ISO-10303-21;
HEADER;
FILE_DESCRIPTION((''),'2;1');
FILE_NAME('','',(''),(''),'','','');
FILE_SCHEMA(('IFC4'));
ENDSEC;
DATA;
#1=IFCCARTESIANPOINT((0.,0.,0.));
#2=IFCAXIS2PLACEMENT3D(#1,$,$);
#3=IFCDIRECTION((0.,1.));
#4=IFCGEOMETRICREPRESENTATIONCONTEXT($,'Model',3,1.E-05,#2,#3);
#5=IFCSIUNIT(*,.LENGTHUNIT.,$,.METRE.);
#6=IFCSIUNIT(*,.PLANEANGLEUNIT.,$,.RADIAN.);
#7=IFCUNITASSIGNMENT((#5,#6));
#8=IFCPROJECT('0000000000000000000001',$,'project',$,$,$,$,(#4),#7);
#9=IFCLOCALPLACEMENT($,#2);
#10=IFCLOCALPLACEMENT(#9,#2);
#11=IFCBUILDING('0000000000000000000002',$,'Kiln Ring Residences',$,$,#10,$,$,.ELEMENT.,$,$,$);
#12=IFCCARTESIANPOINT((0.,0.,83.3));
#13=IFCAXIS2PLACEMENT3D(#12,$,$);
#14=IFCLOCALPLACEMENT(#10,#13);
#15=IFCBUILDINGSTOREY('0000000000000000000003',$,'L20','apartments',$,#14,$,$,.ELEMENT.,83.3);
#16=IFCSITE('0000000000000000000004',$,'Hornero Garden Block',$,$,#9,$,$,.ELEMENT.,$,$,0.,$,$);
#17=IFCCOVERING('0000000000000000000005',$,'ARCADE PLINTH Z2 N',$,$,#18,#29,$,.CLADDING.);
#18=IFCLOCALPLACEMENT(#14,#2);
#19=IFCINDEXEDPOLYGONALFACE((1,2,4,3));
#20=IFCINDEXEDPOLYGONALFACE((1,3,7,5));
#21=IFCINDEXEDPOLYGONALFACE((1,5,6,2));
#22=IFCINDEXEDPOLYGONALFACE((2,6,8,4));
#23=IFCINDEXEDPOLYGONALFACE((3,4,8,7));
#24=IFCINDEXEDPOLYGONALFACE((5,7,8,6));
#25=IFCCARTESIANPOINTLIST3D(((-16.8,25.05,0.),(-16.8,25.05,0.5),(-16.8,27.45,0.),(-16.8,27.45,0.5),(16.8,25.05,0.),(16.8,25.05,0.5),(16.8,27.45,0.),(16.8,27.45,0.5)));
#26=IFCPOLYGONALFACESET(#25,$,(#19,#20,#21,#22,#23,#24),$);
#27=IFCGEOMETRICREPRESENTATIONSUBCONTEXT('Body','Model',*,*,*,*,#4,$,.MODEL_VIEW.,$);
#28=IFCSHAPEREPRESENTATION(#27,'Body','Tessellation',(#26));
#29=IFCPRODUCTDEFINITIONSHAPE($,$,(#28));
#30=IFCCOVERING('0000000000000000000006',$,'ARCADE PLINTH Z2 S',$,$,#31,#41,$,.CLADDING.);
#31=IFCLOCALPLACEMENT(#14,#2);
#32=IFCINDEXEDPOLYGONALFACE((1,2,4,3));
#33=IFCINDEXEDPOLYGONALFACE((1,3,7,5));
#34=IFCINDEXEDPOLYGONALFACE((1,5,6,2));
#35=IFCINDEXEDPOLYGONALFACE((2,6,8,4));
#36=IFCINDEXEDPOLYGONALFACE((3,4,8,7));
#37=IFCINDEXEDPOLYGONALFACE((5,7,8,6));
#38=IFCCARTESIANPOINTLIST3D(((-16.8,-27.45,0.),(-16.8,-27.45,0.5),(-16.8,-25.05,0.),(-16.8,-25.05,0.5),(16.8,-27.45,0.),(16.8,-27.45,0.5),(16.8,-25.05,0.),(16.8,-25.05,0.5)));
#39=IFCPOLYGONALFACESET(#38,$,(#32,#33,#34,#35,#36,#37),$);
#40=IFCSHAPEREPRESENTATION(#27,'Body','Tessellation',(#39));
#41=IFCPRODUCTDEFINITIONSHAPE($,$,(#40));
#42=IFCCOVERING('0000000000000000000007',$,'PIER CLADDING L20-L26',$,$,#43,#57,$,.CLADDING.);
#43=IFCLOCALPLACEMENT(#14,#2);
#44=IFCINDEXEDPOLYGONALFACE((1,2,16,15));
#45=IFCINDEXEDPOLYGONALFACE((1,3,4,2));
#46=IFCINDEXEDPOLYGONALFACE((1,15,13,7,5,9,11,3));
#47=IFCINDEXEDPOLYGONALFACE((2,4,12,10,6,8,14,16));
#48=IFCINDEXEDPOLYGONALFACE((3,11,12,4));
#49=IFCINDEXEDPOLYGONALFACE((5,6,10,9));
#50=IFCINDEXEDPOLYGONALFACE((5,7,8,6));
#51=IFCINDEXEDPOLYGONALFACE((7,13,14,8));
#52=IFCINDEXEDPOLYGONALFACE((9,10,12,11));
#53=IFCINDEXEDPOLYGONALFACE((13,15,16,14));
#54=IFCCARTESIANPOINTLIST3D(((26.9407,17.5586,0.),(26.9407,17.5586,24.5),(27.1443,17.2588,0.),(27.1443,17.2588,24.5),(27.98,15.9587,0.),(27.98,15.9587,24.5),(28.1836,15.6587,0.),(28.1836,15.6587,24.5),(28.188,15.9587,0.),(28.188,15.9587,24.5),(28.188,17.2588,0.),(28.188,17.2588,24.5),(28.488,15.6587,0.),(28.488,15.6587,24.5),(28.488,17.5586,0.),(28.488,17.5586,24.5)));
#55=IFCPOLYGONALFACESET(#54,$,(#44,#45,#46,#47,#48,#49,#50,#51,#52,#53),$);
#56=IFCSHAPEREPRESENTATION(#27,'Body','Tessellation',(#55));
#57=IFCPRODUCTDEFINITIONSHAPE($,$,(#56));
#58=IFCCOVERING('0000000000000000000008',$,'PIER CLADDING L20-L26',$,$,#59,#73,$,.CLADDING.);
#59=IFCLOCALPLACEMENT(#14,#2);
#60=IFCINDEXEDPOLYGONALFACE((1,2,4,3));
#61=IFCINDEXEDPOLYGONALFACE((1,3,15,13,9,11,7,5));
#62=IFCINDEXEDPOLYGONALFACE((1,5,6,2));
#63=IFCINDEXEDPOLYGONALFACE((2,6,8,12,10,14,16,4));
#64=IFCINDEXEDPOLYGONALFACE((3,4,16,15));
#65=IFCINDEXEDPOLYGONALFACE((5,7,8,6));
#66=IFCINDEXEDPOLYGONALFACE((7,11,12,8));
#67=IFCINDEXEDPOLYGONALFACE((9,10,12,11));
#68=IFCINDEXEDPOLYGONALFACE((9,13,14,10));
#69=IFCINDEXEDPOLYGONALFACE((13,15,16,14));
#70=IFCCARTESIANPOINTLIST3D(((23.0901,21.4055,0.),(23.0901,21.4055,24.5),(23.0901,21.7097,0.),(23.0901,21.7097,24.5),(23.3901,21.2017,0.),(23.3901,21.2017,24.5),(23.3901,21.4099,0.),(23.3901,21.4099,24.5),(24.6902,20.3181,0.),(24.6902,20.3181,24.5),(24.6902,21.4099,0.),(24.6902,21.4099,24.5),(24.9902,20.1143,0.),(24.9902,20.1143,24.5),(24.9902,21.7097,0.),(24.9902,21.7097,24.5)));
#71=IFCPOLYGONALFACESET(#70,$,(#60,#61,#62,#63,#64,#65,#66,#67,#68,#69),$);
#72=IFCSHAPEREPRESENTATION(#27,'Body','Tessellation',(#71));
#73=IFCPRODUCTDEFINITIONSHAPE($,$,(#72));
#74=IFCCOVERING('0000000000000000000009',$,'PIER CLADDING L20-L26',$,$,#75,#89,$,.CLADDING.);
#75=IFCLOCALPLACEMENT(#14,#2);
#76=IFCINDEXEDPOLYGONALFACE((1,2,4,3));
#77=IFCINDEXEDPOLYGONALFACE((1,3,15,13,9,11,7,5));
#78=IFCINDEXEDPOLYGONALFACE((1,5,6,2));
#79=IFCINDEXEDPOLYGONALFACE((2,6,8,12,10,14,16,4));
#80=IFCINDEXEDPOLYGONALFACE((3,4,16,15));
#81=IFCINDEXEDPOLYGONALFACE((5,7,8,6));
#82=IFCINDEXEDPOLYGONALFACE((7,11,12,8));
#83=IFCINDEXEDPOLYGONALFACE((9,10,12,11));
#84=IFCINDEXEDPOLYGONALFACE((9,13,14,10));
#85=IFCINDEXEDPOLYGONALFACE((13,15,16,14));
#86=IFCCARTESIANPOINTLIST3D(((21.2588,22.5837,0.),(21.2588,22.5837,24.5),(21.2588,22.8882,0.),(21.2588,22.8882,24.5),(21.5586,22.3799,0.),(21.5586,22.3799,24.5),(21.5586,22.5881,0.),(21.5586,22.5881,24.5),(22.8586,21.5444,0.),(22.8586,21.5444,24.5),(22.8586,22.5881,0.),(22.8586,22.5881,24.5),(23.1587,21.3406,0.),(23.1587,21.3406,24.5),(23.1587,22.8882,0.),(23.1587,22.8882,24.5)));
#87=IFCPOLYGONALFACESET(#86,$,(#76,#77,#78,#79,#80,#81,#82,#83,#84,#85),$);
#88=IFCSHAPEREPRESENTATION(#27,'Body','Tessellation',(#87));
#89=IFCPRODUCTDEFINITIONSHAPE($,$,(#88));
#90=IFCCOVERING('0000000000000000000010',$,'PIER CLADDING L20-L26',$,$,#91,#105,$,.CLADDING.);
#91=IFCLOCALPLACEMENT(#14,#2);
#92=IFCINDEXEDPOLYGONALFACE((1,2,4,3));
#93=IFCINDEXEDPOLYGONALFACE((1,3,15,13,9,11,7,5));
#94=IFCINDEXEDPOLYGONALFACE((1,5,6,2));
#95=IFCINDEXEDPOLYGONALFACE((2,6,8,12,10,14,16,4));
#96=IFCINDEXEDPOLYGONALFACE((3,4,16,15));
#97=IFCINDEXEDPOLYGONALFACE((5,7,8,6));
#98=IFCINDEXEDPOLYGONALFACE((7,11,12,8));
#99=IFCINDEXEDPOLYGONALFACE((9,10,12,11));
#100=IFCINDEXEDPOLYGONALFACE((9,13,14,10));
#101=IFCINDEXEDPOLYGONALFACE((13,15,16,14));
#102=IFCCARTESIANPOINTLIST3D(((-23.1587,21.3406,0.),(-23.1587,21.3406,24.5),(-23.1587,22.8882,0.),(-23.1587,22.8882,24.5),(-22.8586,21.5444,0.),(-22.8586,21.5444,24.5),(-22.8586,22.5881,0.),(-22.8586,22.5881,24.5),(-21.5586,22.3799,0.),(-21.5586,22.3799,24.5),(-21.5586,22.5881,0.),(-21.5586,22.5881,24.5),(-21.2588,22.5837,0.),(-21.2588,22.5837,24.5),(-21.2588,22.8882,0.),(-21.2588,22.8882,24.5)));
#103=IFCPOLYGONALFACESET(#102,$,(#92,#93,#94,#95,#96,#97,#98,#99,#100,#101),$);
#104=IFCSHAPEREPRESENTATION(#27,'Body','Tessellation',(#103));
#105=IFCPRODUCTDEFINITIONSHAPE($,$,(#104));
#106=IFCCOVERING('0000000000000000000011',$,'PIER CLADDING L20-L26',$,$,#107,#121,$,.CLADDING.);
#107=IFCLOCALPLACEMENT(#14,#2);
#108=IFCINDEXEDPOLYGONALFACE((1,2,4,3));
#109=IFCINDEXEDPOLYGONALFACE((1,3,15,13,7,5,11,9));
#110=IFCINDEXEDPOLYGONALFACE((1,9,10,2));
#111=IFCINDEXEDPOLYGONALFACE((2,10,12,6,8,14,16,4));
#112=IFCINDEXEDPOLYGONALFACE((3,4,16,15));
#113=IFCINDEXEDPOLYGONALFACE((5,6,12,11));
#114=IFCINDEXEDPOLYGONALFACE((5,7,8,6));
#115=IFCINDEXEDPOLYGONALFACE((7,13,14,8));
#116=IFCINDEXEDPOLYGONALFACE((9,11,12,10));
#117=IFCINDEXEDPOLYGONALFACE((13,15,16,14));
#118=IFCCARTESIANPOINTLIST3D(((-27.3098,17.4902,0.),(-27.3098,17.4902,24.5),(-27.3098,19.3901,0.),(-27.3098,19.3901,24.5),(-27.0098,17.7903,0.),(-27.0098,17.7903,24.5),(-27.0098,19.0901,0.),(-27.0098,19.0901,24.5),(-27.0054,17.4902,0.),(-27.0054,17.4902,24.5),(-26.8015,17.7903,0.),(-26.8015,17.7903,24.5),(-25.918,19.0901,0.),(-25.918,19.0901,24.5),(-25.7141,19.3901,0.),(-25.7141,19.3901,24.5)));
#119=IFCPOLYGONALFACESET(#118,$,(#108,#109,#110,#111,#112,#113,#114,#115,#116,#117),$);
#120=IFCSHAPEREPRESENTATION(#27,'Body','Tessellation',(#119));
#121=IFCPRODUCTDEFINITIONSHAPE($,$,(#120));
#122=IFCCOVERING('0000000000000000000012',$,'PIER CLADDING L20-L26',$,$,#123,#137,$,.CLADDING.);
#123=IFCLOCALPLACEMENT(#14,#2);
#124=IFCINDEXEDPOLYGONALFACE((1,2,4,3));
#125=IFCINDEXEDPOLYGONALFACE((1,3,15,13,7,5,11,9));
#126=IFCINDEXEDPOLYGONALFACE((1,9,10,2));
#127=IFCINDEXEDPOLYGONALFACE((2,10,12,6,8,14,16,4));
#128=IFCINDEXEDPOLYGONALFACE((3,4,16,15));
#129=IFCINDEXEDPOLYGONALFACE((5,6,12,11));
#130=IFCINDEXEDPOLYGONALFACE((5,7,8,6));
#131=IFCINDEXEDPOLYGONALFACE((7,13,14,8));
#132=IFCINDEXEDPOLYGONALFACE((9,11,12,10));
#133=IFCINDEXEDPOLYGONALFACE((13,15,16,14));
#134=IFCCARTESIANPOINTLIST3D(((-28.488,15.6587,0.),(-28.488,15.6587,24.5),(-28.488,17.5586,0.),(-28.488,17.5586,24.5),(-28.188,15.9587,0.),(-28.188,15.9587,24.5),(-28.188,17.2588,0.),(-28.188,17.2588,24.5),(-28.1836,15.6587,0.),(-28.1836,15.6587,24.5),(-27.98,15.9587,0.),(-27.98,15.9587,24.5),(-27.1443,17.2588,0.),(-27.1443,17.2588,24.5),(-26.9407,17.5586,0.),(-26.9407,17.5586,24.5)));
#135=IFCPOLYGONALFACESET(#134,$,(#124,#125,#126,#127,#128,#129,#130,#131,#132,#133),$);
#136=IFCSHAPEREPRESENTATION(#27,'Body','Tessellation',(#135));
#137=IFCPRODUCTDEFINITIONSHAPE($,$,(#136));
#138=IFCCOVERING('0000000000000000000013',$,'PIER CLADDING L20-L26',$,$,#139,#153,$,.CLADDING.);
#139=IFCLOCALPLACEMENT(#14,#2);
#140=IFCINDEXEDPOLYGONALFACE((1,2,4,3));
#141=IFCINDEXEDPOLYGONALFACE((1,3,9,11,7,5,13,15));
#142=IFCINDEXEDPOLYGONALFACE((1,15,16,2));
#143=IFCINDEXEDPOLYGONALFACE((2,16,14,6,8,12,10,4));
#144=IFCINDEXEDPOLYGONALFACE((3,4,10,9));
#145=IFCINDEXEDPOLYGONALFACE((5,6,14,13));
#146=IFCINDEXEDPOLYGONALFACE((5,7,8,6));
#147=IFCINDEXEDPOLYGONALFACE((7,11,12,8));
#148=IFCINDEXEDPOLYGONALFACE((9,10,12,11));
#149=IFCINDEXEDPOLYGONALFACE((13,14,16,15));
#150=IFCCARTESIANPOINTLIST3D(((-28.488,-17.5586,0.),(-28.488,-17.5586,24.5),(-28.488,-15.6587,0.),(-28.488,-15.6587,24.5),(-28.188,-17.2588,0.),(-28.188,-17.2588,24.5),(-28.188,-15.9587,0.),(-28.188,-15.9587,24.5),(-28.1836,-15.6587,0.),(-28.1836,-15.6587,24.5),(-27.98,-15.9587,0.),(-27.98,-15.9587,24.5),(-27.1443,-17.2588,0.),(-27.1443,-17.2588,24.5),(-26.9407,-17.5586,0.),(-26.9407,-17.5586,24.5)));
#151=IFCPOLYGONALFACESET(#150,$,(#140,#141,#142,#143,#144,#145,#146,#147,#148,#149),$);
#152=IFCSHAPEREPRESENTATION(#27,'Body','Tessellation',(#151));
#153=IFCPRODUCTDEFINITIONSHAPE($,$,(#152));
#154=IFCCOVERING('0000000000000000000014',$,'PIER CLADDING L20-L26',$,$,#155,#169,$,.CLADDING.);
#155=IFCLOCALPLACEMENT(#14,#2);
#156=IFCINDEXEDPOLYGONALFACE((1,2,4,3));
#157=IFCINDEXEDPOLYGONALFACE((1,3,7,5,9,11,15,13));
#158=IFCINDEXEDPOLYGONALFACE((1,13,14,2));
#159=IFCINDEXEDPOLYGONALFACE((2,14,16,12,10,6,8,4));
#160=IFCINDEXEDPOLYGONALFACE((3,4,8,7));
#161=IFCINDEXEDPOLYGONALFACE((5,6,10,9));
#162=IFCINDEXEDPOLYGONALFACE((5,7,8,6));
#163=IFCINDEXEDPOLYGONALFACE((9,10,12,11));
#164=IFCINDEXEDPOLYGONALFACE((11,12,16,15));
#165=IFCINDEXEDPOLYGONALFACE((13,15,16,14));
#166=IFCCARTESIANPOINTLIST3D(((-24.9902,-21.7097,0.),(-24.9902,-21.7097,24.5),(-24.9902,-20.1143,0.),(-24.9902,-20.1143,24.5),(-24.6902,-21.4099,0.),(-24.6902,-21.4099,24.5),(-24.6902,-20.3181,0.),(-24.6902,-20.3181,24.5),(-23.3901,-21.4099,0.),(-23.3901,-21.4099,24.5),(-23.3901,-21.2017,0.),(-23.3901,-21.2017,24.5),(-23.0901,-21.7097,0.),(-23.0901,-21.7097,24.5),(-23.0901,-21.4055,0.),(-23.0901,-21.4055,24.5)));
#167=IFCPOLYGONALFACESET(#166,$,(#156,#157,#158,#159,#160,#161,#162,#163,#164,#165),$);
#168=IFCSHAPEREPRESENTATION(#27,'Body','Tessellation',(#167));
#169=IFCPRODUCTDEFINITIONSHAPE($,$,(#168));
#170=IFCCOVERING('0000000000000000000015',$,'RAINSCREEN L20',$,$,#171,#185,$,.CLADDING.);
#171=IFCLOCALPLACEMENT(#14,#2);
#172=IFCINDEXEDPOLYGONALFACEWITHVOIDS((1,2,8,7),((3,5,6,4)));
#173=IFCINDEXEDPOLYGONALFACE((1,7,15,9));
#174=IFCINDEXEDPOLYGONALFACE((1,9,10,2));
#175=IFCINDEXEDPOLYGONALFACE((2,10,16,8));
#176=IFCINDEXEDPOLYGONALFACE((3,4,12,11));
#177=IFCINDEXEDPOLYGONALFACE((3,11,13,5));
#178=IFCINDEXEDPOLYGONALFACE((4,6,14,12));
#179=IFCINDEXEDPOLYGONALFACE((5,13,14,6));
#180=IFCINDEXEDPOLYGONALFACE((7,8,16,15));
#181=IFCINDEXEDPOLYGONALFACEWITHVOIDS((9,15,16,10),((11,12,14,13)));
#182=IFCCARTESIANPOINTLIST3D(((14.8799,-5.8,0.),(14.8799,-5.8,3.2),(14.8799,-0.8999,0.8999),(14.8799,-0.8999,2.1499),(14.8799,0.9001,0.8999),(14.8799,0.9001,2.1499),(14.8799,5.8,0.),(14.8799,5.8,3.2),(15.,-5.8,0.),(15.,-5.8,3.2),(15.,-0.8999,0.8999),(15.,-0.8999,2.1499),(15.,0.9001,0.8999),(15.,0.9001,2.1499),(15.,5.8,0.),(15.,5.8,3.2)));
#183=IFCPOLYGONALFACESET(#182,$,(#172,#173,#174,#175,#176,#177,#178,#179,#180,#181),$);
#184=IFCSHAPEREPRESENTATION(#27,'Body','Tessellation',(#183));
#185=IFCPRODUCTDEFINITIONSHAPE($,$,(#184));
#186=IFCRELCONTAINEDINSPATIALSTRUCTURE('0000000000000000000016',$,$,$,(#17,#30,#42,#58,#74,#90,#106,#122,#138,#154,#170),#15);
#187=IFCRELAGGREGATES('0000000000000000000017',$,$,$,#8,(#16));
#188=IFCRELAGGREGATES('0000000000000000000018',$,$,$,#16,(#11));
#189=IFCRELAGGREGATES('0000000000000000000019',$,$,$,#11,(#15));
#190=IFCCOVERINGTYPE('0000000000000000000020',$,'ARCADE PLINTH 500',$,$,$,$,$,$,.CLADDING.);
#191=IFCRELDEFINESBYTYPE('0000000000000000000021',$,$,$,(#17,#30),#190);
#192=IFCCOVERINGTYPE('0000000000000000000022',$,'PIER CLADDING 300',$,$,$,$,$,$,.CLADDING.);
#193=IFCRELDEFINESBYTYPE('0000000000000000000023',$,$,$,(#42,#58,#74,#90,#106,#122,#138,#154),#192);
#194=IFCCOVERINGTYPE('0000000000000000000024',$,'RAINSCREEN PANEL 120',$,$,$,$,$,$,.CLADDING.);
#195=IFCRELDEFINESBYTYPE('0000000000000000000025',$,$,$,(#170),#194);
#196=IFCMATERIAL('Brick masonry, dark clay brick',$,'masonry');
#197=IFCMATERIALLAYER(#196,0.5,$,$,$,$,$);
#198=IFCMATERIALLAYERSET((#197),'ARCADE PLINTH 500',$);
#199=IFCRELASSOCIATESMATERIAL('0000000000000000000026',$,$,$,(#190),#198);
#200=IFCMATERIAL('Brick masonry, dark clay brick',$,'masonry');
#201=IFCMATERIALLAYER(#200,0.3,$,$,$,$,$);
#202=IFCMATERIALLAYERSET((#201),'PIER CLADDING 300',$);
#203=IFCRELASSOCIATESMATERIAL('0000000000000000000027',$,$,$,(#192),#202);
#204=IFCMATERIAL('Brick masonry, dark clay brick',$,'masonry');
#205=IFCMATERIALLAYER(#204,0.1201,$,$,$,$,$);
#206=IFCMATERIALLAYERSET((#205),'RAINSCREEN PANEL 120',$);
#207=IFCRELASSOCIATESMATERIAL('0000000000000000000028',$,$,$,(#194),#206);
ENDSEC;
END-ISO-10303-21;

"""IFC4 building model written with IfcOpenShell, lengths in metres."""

from ifc_helpers import new_model, si_unit, direction, frame, origin, place, context, subcontext, project, spatial, polyline, outline, extrude, material, layer, layer_set, type_object, element, save


model = new_model("IFC4")

# Units and contexts
model_context = context("Model", 3, precision=1e-05, world=origin(), true_north=direction((0.0, 1.0)))
body_context = subcontext(model_context, "Body", "Model", "MODEL_VIEW")
ifc_project = project(units=[si_unit("LENGTHUNIT", "METRE"), si_unit("PLANEANGLEUNIT", "RADIAN")], contexts=[model_context])

# Site, building, storey
site_placement = place(None, origin())
site = spatial("IfcSite", under=ifc_project, at=site_placement, Name="Hornero Garden Block", CompositionType="ELEMENT", RefElevation=0.0)
building_placement = place(site_placement, origin())
building = spatial("IfcBuilding", under=site, at=building_placement, Name="Kiln Ring Residences", CompositionType="ELEMENT")
storey_placement = place(building_placement, frame((0.0, 0.0, 83.3)))
storey = spatial("IfcBuildingStorey", under=building, at=storey_placement, Name="L20", Description="apartments", CompositionType="ELEMENT", Elevation=83.3)

# Coverings
ifc_material_1 = material(Name="Brick masonry, dark clay brick", Category="masonry")
ifc_layer_1 = layer(ifc_material_1, 0.5)
ifc_layer_set_1 = layer_set([ifc_layer_1], Name="ARCADE PLINTH 500")
covering_type_1 = type_object("IfcCoveringType", Name="ARCADE PLINTH 500", PredefinedType="CLADDING", material=ifc_layer_set_1)
placement = place(storey_placement, origin())
element("IfcCovering", 1, at=placement, inside=storey, type_object=covering_type_1, Name="ARCADE PLINTH Z2 N", PredefinedType="CLADDING", context=body_context, shape_type="SweptSolid", body=[
    extrude(outline(polyline([(-16.8, 25.05), (16.8, 25.05), (16.8, 27.45), (-16.8, 27.45), (-16.8, 25.05)])), origin(), (0.0, 0.0, 1.0), 0.5),
])
element("IfcCovering", 2, at=placement, inside=storey, type_object=covering_type_1, Name="ARCADE PLINTH Z2 S", PredefinedType="CLADDING", context=body_context, shape_type="SweptSolid", body=[
    extrude(outline(polyline([(-16.8, -27.45), (16.8, -27.45), (16.8, -25.05), (-16.8, -25.05), (-16.8, -27.45)])), origin(), (0.0, 0.0, 1.0), 0.5),
])
ifc_material_2 = material(Name="Brick masonry, dark clay brick", Category="masonry")
ifc_layer_2 = layer(ifc_material_2, 0.3)
ifc_layer_set_2 = layer_set([ifc_layer_2], Name="PIER CLADDING 300")
covering_type_2 = type_object("IfcCoveringType", Name="PIER CLADDING 300", PredefinedType="CLADDING", material=ifc_layer_set_2)
element("IfcCovering", 3, at=placement, inside=storey, type_object=covering_type_2, Name="PIER CLADDING L20-L26", PredefinedType="CLADDING", context=body_context, shape_type="SweptSolid", body=[
    extrude(outline(polyline([(28.488, 15.6587), (28.488, 17.5586), (26.9407, 17.5586), (27.1443, 17.2588), (28.188, 17.2588), (28.188, 15.9587), (27.98, 15.9587), (28.1836, 15.6587), (28.488, 15.6587)])), origin(), (0.0, 0.0, 1.0), 24.5),
])
element("IfcCovering", 4, at=placement, inside=storey, type_object=covering_type_2, Name="PIER CLADDING L20-L26", PredefinedType="CLADDING", context=body_context, shape_type="SweptSolid", body=[
    extrude(outline(polyline([(24.9902, 21.7097), (23.0901, 21.7097), (23.0901, 21.4055), (23.3901, 21.2017), (23.3901, 21.4099), (24.6902, 21.4099), (24.6902, 20.3181), (24.9902, 20.1143), (24.9902, 21.7097)])), origin(), (0.0, 0.0, 1.0), 24.5),
])
element("IfcCovering", 5, at=placement, inside=storey, type_object=covering_type_2, Name="PIER CLADDING L20-L26", PredefinedType="CLADDING", context=body_context, shape_type="SweptSolid", body=[
    extrude(outline(polyline([(23.1587, 22.8882), (21.2588, 22.8882), (21.2588, 22.5837), (21.5586, 22.3799), (21.5586, 22.5881), (22.8586, 22.5881), (22.8586, 21.5444), (23.1587, 21.3406), (23.1587, 22.8882)])), origin(), (0.0, 0.0, 1.0), 24.5),
])
element("IfcCovering", 6, at=placement, inside=storey, type_object=covering_type_2, Name="PIER CLADDING L20-L26", PredefinedType="CLADDING", context=body_context, shape_type="SweptSolid", body=[
    extrude(outline(polyline([(-21.2588, 22.8882), (-23.1587, 22.8882), (-23.1587, 21.3406), (-22.8586, 21.5444), (-22.8586, 22.5881), (-21.5586, 22.5881), (-21.5586, 22.3799), (-21.2588, 22.5837), (-21.2588, 22.8882)])), origin(), (0.0, 0.0, 1.0), 24.5),
])
element("IfcCovering", 7, at=placement, inside=storey, type_object=covering_type_2, Name="PIER CLADDING L20-L26", PredefinedType="CLADDING", context=body_context, shape_type="SweptSolid", body=[
    extrude(outline(polyline([(-25.7141, 19.3901), (-27.3098, 19.3901), (-27.3098, 17.4902), (-27.0054, 17.4902), (-26.8015, 17.7903), (-27.0098, 17.7903), (-27.0098, 19.0901), (-25.918, 19.0901), (-25.7141, 19.3901)])), origin(), (0.0, 0.0, 1.0), 24.5),
])
element("IfcCovering", 8, at=placement, inside=storey, type_object=covering_type_2, Name="PIER CLADDING L20-L26", PredefinedType="CLADDING", context=body_context, shape_type="SweptSolid", body=[
    extrude(outline(polyline([(-26.9407, 17.5586), (-28.488, 17.5586), (-28.488, 15.6587), (-28.1836, 15.6587), (-27.98, 15.9587), (-28.188, 15.9587), (-28.188, 17.2588), (-27.1443, 17.2588), (-26.9407, 17.5586)])), origin(), (0.0, 0.0, 1.0), 24.5),
])
element("IfcCovering", 9, at=placement, inside=storey, type_object=covering_type_2, Name="PIER CLADDING L20-L26", PredefinedType="CLADDING", context=body_context, shape_type="SweptSolid", body=[
    extrude(outline(polyline([(-28.1836, -15.6587), (-28.488, -15.6587), (-28.488, -17.5586), (-26.9407, -17.5586), (-27.1443, -17.2588), (-28.188, -17.2588), (-28.188, -15.9587), (-27.98, -15.9587), (-28.1836, -15.6587)])), origin(), (0.0, 0.0, 1.0), 24.5),
])
element("IfcCovering", 10, at=placement, inside=storey, type_object=covering_type_2, Name="PIER CLADDING L20-L26", PredefinedType="CLADDING", context=body_context, shape_type="SweptSolid", body=[
    extrude(outline(polyline([(-24.6902, -20.3181), (-24.9902, -20.1143), (-24.9902, -21.7097), (-23.0901, -21.7097), (-23.0901, -21.4055), (-23.3901, -21.2017), (-23.3901, -21.4099), (-24.6902, -21.4099), (-24.6902, -20.3181)])), origin(), (0.0, 0.0, 1.0), 24.5),
])
ifc_material_3 = material(Name="Brick masonry, dark clay brick", Category="masonry")
ifc_layer_3 = layer(ifc_material_3, 0.1201)
ifc_layer_set_3 = layer_set([ifc_layer_3], Name="RAINSCREEN PANEL 120")
covering_type_3 = type_object("IfcCoveringType", Name="RAINSCREEN PANEL 120", PredefinedType="CLADDING", material=ifc_layer_set_3)
covering_1_placement = place(storey_placement, frame((14.9399, 5.8, 0.0), z_axis=(0.0, 0.0, 1.0), x_axis=(0.0, -1.0, 0.0)))
element("IfcCovering", 11, at=covering_1_placement, inside=storey, type_object=covering_type_3, Name="RAINSCREEN L20", PredefinedType="CLADDING", context=body_context, shape_type="SweptSolid", body=[
    extrude(outline(polyline([(0.0, 0.0), (11.6001, 0.0), (11.6001, 3.2), (0.0, 3.2), (0.0, 0.0)]), holes=[polyline([(4.8999, 2.1499), (4.8999, 0.8999), (6.7, 0.8999), (6.7, 2.1499), (4.8999, 2.1499)])]), frame((0.0, 0.0601, 0.0), z_axis=(0.0, -1.0, 0.0), x_axis=(1.0, 0.0, 0.0)), (0.0, 0.0, 1.0), 0.1201),
])

save(model, "model.ifc")
